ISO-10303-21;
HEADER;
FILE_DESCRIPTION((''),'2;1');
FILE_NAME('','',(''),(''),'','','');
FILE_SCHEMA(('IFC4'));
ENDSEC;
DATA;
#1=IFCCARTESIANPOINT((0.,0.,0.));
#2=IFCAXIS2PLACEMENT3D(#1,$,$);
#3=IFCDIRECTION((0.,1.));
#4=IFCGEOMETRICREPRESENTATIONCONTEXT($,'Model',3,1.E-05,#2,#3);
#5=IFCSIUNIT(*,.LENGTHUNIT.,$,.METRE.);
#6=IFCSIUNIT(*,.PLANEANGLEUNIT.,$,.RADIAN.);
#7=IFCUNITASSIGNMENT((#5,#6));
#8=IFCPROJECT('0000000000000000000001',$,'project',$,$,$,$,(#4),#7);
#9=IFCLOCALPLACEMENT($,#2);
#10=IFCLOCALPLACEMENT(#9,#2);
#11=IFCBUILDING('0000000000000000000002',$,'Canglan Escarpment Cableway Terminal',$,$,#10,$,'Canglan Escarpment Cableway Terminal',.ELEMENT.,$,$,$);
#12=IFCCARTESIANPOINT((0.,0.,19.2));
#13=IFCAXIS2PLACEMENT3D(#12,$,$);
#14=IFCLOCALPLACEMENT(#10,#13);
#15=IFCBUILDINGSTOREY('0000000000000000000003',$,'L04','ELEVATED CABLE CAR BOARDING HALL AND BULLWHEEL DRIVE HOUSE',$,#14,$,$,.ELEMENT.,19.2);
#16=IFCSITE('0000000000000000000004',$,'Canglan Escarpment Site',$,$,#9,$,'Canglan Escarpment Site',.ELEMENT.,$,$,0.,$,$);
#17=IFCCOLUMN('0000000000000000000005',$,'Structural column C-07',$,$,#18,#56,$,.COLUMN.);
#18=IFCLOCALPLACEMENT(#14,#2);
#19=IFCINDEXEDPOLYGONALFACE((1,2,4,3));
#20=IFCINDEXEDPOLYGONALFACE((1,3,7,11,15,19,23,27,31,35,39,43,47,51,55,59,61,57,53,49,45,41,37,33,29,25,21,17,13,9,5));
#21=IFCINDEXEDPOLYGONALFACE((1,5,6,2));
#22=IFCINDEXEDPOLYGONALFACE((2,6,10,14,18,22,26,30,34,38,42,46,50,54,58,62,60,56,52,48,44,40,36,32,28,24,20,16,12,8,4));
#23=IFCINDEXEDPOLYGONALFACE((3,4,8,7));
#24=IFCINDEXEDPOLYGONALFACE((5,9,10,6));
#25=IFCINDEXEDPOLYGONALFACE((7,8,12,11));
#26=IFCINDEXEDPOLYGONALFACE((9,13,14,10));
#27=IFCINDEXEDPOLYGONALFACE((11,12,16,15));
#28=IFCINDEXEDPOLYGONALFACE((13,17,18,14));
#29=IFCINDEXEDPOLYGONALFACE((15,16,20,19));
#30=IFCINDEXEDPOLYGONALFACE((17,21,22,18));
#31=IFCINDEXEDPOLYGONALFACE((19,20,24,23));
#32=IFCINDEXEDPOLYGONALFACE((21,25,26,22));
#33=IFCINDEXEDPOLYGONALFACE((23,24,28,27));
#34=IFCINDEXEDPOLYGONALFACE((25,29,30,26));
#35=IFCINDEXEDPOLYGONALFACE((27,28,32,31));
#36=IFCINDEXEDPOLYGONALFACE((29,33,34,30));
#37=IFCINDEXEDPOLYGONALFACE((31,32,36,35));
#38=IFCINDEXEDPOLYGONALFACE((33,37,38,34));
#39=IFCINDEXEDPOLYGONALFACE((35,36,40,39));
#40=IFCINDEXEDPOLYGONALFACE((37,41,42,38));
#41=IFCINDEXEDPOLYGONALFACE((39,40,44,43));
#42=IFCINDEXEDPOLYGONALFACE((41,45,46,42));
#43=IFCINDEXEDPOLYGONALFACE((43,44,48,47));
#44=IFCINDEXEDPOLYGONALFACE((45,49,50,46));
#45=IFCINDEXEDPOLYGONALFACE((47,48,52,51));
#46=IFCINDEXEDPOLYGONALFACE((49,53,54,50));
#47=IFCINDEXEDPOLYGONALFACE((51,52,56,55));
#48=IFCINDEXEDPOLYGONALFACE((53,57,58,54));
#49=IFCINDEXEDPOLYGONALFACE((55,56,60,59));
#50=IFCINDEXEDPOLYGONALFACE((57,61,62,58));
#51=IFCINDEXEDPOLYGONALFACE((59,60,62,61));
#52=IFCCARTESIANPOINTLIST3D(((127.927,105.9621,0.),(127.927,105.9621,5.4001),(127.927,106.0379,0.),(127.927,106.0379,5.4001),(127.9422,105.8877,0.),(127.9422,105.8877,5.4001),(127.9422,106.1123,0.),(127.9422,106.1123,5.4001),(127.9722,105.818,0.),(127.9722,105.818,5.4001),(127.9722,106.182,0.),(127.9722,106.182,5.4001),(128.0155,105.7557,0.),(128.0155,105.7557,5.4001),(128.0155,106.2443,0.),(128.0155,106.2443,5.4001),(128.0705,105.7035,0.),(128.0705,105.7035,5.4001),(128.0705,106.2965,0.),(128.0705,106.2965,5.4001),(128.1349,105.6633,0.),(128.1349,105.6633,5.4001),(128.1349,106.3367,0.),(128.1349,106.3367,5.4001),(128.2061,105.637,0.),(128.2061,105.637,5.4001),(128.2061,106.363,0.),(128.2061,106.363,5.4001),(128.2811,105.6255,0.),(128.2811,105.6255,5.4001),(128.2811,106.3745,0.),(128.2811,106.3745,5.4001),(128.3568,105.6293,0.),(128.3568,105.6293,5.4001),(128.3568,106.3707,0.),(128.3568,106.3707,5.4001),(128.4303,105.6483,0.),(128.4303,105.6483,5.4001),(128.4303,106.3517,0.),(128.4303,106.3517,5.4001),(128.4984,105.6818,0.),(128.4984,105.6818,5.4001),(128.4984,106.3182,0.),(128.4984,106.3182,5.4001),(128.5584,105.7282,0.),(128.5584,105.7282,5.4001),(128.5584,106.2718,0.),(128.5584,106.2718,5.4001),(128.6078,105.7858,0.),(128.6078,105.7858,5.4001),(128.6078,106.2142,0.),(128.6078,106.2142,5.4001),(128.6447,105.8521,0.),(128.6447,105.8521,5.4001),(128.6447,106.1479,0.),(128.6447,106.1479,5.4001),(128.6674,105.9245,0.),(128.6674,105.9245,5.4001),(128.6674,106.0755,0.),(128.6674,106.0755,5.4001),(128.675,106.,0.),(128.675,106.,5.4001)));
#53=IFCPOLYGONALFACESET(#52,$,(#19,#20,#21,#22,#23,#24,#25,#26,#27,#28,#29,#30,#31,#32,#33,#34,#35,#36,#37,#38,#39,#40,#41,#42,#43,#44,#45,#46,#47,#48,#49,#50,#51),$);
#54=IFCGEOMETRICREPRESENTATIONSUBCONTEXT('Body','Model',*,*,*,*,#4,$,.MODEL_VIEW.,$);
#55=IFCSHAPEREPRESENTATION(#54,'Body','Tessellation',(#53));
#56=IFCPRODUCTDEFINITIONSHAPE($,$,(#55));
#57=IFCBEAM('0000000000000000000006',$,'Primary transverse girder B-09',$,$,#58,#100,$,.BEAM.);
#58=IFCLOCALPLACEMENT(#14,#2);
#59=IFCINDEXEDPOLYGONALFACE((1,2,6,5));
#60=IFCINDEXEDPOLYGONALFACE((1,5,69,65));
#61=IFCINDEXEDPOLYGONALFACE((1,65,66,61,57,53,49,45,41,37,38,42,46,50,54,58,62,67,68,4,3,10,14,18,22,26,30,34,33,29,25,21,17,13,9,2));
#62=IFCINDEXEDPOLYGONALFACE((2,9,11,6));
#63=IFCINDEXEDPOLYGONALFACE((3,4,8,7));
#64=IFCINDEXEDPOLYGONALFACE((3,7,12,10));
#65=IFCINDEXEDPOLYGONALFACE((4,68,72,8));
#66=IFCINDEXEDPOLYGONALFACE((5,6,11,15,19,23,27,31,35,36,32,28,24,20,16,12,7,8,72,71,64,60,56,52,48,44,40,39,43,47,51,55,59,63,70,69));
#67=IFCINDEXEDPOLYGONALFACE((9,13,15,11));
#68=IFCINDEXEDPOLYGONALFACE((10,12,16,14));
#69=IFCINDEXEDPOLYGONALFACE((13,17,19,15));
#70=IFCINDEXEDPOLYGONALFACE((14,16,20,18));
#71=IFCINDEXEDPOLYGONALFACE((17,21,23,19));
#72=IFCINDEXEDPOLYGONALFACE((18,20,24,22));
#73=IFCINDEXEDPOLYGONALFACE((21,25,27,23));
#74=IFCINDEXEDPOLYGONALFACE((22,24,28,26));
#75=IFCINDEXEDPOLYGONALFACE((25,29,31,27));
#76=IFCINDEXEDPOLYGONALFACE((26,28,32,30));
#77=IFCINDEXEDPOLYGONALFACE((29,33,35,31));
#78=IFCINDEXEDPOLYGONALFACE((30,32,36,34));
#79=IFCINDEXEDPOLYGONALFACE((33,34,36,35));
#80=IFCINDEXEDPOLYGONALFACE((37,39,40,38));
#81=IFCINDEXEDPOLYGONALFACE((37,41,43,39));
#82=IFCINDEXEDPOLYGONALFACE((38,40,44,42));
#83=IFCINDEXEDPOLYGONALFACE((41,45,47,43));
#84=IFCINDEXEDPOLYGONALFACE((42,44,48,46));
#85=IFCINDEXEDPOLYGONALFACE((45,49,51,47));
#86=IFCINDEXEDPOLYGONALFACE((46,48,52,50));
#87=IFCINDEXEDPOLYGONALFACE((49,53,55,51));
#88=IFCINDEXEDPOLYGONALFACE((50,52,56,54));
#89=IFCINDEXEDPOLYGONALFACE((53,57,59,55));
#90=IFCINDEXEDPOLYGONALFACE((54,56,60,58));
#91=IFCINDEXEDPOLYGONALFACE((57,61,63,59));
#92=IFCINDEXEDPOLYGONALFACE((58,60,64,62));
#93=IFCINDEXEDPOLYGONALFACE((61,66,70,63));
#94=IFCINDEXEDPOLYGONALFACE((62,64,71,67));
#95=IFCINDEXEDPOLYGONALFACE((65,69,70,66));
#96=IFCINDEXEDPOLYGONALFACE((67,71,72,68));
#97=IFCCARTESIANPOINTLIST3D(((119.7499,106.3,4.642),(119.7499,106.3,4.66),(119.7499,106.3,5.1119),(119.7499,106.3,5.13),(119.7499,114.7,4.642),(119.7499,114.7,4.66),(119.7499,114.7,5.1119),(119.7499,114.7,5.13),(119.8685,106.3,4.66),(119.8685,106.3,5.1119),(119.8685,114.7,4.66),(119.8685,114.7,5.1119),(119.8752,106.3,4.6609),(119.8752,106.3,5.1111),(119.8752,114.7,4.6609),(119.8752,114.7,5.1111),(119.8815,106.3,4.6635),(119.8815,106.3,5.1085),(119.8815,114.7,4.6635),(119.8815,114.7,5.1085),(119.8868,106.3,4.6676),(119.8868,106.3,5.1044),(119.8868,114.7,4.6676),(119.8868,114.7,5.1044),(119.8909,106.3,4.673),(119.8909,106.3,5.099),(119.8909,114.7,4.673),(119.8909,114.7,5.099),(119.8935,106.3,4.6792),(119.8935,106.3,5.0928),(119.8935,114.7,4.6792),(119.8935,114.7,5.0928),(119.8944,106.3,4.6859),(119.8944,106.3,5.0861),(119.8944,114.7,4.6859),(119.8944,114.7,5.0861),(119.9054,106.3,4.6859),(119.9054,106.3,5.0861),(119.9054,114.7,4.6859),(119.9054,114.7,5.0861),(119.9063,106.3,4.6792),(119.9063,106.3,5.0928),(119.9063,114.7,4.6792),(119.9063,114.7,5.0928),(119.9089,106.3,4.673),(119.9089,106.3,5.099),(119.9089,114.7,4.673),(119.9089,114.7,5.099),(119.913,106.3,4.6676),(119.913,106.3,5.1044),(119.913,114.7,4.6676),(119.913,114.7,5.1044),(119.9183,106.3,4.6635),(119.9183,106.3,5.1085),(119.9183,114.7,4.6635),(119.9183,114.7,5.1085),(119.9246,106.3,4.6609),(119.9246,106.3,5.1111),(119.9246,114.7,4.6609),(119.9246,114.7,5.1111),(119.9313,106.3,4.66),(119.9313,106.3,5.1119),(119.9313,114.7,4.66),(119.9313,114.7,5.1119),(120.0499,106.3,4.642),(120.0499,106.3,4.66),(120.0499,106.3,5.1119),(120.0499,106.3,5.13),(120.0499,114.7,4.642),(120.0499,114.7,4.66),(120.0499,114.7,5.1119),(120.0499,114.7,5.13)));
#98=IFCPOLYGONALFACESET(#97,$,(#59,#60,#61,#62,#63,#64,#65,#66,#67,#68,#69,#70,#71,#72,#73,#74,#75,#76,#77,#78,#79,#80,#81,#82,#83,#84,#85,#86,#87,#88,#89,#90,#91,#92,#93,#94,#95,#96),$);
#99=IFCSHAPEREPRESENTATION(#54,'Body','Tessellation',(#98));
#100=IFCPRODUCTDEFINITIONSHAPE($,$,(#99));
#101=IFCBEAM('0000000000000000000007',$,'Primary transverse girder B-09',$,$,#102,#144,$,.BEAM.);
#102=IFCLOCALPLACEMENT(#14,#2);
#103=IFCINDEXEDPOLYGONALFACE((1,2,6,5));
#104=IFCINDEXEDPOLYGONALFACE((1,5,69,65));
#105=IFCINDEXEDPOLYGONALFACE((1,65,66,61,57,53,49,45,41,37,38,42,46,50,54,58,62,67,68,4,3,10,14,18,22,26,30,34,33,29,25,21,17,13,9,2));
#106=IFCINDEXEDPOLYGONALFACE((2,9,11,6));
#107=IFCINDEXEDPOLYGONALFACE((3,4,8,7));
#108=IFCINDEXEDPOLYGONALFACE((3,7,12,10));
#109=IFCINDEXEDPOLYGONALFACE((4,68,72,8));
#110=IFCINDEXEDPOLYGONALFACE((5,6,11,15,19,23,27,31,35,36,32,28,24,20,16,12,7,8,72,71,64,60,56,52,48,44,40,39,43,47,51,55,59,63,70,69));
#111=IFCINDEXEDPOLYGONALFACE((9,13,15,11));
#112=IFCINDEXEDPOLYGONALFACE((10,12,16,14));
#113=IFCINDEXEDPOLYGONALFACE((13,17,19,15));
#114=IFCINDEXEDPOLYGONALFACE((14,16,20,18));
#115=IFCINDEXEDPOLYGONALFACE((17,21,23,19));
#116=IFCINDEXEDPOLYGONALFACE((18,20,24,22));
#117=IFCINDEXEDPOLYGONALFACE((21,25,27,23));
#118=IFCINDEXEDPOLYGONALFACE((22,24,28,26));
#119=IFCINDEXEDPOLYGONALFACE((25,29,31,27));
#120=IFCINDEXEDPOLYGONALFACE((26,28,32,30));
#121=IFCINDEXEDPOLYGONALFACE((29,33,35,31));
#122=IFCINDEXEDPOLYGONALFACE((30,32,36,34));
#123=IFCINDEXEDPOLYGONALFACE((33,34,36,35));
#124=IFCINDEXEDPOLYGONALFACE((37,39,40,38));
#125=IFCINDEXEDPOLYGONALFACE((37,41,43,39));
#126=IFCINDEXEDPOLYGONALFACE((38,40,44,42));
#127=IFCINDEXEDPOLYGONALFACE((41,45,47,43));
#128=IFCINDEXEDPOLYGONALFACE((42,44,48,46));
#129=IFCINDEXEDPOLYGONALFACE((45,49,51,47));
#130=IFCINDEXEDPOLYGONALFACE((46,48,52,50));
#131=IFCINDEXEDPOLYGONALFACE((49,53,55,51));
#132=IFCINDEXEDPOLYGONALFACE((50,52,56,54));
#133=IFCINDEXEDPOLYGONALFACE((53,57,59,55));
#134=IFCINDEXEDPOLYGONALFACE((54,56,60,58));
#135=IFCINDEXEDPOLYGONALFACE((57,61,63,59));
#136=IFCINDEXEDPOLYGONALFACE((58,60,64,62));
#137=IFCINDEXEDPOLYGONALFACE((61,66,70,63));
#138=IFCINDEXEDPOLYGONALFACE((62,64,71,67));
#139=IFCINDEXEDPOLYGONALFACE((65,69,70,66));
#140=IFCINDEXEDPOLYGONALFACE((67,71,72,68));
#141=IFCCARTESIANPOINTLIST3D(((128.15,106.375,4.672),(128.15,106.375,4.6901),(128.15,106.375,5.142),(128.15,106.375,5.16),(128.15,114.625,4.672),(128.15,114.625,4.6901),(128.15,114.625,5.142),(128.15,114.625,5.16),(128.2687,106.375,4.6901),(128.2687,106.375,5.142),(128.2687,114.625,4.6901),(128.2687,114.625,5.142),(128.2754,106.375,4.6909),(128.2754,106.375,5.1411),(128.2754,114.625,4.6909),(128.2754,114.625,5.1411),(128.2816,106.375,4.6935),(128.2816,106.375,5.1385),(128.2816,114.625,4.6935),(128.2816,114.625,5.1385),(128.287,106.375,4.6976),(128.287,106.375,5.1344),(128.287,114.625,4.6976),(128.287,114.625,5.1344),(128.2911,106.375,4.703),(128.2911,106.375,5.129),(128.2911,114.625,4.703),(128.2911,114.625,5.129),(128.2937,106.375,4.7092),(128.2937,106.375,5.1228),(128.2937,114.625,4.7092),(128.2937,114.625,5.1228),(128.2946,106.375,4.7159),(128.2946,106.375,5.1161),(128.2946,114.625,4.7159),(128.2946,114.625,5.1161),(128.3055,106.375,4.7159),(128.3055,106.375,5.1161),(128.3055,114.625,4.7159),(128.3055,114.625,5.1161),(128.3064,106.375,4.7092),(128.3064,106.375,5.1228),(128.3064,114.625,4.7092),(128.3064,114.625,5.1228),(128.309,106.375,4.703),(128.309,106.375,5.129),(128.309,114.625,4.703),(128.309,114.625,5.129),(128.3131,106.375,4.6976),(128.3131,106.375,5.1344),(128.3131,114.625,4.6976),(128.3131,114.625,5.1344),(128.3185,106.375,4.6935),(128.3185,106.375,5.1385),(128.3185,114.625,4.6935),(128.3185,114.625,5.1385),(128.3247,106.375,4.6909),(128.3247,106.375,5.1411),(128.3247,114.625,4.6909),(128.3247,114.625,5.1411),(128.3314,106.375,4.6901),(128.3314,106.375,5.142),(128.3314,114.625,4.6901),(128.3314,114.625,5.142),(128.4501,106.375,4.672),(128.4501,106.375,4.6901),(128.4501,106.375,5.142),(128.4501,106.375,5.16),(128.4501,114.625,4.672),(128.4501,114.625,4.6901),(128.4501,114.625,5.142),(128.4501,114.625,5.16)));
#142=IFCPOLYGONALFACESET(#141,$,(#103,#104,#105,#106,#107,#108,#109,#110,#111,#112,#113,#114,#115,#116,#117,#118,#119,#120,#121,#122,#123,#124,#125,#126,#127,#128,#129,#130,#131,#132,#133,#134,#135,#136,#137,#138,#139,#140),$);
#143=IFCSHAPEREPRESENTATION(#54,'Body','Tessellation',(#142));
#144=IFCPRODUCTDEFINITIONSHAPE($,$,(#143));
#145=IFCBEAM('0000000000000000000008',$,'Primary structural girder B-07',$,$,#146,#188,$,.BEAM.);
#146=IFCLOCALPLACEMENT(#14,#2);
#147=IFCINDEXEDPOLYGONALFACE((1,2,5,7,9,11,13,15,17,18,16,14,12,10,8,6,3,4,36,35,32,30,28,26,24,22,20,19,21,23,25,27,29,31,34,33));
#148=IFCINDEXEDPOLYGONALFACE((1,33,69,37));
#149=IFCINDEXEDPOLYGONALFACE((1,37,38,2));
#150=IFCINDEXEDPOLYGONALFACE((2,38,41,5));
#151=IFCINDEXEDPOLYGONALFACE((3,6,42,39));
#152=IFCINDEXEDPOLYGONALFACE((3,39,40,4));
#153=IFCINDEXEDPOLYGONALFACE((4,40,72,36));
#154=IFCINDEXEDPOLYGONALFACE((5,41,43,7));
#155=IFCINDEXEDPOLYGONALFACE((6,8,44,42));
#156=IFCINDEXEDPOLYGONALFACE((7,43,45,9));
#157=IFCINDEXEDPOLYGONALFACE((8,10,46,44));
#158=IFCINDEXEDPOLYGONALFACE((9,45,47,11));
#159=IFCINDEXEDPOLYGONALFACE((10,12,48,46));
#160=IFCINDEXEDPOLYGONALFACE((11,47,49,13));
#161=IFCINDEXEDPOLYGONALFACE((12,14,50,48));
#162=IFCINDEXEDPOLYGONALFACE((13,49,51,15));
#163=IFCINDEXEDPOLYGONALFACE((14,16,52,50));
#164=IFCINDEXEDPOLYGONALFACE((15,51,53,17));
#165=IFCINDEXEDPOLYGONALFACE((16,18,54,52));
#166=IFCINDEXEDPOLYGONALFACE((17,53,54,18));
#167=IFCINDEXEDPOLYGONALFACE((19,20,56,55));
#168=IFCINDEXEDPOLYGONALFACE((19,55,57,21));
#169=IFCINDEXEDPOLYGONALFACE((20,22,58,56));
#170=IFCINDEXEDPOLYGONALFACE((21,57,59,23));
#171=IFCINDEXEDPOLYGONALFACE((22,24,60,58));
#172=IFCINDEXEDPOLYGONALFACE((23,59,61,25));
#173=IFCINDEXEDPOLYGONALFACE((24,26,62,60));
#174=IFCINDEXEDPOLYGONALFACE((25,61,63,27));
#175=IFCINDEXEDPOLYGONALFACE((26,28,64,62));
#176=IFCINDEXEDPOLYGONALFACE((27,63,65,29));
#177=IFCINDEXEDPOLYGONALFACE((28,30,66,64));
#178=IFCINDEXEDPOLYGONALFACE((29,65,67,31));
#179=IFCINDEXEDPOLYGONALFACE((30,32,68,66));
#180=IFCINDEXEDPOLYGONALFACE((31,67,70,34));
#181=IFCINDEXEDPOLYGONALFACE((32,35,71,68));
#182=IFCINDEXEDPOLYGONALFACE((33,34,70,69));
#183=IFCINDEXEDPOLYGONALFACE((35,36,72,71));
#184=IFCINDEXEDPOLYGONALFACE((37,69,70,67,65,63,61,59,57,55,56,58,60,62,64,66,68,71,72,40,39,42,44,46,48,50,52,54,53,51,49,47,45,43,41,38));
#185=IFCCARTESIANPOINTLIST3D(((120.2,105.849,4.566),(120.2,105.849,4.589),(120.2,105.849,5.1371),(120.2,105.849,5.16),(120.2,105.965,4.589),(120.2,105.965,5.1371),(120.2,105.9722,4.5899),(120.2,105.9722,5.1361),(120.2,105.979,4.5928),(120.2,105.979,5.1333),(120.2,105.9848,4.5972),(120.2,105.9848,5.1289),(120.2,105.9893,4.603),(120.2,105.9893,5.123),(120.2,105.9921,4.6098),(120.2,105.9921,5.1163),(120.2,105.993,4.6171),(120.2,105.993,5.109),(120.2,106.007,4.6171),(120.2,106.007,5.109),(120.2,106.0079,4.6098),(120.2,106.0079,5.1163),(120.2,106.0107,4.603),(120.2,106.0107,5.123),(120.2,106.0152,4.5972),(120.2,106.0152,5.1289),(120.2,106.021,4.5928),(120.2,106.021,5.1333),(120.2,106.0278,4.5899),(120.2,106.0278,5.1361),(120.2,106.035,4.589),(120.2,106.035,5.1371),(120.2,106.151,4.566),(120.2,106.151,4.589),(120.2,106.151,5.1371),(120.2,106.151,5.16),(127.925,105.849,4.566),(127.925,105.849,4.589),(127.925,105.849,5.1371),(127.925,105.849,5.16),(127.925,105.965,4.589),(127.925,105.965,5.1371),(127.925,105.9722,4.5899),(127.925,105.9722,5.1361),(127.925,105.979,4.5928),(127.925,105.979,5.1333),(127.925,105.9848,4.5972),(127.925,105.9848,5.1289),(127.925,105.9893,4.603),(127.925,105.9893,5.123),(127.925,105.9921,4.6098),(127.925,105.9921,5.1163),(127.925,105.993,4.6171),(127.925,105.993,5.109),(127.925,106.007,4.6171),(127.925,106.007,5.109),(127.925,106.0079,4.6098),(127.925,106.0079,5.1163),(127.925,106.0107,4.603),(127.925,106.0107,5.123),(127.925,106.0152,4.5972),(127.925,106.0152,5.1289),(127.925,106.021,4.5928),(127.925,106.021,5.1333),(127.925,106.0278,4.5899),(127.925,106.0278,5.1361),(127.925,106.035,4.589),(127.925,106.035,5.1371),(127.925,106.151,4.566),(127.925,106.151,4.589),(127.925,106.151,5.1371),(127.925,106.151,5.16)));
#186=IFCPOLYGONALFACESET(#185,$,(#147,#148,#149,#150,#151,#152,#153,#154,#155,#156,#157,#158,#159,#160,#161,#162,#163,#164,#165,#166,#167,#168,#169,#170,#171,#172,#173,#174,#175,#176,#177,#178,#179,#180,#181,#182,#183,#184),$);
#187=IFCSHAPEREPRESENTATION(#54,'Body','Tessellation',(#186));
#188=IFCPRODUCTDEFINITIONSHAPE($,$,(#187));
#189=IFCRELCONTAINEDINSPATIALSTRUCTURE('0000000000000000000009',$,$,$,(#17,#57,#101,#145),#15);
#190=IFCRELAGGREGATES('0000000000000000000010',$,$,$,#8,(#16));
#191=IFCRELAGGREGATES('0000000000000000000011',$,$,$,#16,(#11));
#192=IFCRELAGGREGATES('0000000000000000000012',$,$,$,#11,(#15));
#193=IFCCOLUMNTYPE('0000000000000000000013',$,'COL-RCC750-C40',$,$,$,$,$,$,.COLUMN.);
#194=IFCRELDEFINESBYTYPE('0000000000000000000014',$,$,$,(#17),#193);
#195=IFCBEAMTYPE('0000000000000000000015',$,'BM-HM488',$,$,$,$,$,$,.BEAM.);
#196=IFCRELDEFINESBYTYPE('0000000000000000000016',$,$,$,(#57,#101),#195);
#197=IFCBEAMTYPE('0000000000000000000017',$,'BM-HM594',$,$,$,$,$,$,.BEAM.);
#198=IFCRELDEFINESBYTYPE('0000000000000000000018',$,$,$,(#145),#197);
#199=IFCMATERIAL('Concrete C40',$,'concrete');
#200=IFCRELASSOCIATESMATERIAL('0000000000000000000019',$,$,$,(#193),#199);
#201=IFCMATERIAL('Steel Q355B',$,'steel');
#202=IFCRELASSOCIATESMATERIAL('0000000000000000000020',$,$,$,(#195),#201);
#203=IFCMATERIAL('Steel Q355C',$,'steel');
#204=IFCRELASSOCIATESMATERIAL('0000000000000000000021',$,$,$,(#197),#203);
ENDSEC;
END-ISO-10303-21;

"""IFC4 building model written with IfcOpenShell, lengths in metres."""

from ifc_helpers import new_model, si_unit, direction, frame, origin, origin_2d, place, context, subcontext, project, spatial, circle, i_section, extrude, material, material_profile, profile_set, type_object, element, save


model = new_model("IFC4")

# Units and contexts
model_context = context("Model", 3, precision=1e-05, world=origin(), true_north=direction((0.0, 1.0)))
body_context = subcontext(model_context, "Body", "Model", "MODEL_VIEW")
ifc_project = project(units=[si_unit("LENGTHUNIT", "METRE"), si_unit("PLANEANGLEUNIT", "RADIAN")], contexts=[model_context])

# Site, building, storey
site_placement = place(None, origin())
site = spatial("IfcSite", under=ifc_project, at=site_placement, Name="Canglan Escarpment Site", LongName="Canglan Escarpment Site", CompositionType="ELEMENT", RefElevation=0.0)
building_placement = place(site_placement, origin())
building = spatial("IfcBuilding", under=site, at=building_placement, Name="Canglan Escarpment Cableway Terminal", LongName="Canglan Escarpment Cableway Terminal", CompositionType="ELEMENT")
storey_placement = place(building_placement, frame((0.0, 0.0, 19.2)))
storey = spatial("IfcBuildingStorey", under=building, at=storey_placement, Name="L04", Description="ELEVATED CABLE CAR BOARDING HALL AND BULLWHEEL DRIVE HOUSE", CompositionType="ELEMENT", Elevation=19.2)

# Column
ifc_material_1 = material(Name="Concrete C40", Category="concrete")
ifc_material_profile_1 = material_profile(ifc_material_1, circle(Radius=0.375, at=origin_2d()), Name="RC-CIRC D750")
ifc_profile_set_1 = profile_set([ifc_material_profile_1], Name="Concrete C40")
column_type = type_object("IfcColumnType", Name="COL-RCC750-C40", PredefinedType="COLUMN", material=ifc_profile_set_1)
column_placement = place(storey_placement, frame((128.3, 106.0, 0.0), z_axis=(0.0, 0.0, 1.0), x_axis=(1.0, 0.0, 0.0)))
element("IfcColumn", 1, at=column_placement, inside=storey, type_object=column_type, Name="Structural column C-07", PredefinedType="COLUMN", context=body_context, shape_type="SweptSolid", body=[
    extrude(circle(Radius=0.375, at=origin_2d()), origin(), (0.0, 0.0, 1.0), 5.4001),
])

# Beams
ifc_material_2 = material(Name="Steel Q355B", Category="steel")
ifc_material_profile_2 = material_profile(ifc_material_2, i_section(OverallWidth=0.3, OverallDepth=0.488, WebThickness=0.011, FlangeThickness=0.0181, FilletRadius=0.0259, at=origin_2d()), Name="HM 488x300x11x18")
ifc_profile_set_2 = profile_set([ifc_material_profile_2], Name="Steel Q355B")
beam_type_1 = type_object("IfcBeamType", Name="BM-HM488", PredefinedType="BEAM", material=ifc_profile_set_2)
beam_1_placement = place(storey_placement, frame((119.8999, 106.3, 4.886), z_axis=(0.0, 1.0, 0.0), x_axis=(-1.0, 0.0, 0.0)))
element("IfcBeam", 2, at=beam_1_placement, inside=storey, type_object=beam_type_1, Name="Primary transverse girder B-09", PredefinedType="BEAM", context=body_context, shape_type="SweptSolid", body=[
    extrude(i_section(OverallWidth=0.3, OverallDepth=0.488, WebThickness=0.011, FlangeThickness=0.0181, FilletRadius=0.0259, at=origin_2d()), origin(), (0.0, 0.0, 1.0), 8.3999),
])
beam_2_placement = place(storey_placement, frame((128.3, 106.375, 4.916), z_axis=(0.0, 1.0, 0.0), x_axis=(-1.0, 0.0, 0.0)))
element("IfcBeam", 3, at=beam_2_placement, inside=storey, type_object=beam_type_1, Name="Primary transverse girder B-09", PredefinedType="BEAM", context=body_context, shape_type="SweptSolid", body=[
    extrude(i_section(OverallWidth=0.3, OverallDepth=0.488, WebThickness=0.011, FlangeThickness=0.0181, FilletRadius=0.0259, at=origin_2d()), origin(), (0.0, 0.0, 1.0), 8.25),
])
ifc_material_3 = material(Name="Steel Q355C", Category="steel")
ifc_material_profile_3 = material_profile(ifc_material_3, i_section(OverallWidth=0.302, OverallDepth=0.594, WebThickness=0.0139, FlangeThickness=0.0229, FilletRadius=0.0281, at=origin_2d()), Name="HM 594x302x14x23")
ifc_profile_set_3 = profile_set([ifc_material_profile_3], Name="Steel Q355C")
beam_type_2 = type_object("IfcBeamType", Name="BM-HM594", PredefinedType="BEAM", material=ifc_profile_set_3)
for number, where, z_axis, x_axis, name in (
    (4, (120.2, 106.0, 4.863), (1.0, 0.0, 0.0), (0.0, 1.0, 0.0), "Primary structural girder B-07"),
):
    element("IfcBeam", number, at=place(storey_placement, frame(where, z_axis=z_axis, x_axis=x_axis)), inside=storey, type_object=beam_type_2, Name=name, PredefinedType="BEAM", context=body_context, shape_type="SweptSolid", body=[
        extrude(i_section(OverallWidth=0.302, OverallDepth=0.594, WebThickness=0.0139, FlangeThickness=0.0229, FilletRadius=0.0281, at=origin_2d()), origin(), (0.0, 0.0, 1.0), 7.7251),
    ])

save(model, "model.ifc")
